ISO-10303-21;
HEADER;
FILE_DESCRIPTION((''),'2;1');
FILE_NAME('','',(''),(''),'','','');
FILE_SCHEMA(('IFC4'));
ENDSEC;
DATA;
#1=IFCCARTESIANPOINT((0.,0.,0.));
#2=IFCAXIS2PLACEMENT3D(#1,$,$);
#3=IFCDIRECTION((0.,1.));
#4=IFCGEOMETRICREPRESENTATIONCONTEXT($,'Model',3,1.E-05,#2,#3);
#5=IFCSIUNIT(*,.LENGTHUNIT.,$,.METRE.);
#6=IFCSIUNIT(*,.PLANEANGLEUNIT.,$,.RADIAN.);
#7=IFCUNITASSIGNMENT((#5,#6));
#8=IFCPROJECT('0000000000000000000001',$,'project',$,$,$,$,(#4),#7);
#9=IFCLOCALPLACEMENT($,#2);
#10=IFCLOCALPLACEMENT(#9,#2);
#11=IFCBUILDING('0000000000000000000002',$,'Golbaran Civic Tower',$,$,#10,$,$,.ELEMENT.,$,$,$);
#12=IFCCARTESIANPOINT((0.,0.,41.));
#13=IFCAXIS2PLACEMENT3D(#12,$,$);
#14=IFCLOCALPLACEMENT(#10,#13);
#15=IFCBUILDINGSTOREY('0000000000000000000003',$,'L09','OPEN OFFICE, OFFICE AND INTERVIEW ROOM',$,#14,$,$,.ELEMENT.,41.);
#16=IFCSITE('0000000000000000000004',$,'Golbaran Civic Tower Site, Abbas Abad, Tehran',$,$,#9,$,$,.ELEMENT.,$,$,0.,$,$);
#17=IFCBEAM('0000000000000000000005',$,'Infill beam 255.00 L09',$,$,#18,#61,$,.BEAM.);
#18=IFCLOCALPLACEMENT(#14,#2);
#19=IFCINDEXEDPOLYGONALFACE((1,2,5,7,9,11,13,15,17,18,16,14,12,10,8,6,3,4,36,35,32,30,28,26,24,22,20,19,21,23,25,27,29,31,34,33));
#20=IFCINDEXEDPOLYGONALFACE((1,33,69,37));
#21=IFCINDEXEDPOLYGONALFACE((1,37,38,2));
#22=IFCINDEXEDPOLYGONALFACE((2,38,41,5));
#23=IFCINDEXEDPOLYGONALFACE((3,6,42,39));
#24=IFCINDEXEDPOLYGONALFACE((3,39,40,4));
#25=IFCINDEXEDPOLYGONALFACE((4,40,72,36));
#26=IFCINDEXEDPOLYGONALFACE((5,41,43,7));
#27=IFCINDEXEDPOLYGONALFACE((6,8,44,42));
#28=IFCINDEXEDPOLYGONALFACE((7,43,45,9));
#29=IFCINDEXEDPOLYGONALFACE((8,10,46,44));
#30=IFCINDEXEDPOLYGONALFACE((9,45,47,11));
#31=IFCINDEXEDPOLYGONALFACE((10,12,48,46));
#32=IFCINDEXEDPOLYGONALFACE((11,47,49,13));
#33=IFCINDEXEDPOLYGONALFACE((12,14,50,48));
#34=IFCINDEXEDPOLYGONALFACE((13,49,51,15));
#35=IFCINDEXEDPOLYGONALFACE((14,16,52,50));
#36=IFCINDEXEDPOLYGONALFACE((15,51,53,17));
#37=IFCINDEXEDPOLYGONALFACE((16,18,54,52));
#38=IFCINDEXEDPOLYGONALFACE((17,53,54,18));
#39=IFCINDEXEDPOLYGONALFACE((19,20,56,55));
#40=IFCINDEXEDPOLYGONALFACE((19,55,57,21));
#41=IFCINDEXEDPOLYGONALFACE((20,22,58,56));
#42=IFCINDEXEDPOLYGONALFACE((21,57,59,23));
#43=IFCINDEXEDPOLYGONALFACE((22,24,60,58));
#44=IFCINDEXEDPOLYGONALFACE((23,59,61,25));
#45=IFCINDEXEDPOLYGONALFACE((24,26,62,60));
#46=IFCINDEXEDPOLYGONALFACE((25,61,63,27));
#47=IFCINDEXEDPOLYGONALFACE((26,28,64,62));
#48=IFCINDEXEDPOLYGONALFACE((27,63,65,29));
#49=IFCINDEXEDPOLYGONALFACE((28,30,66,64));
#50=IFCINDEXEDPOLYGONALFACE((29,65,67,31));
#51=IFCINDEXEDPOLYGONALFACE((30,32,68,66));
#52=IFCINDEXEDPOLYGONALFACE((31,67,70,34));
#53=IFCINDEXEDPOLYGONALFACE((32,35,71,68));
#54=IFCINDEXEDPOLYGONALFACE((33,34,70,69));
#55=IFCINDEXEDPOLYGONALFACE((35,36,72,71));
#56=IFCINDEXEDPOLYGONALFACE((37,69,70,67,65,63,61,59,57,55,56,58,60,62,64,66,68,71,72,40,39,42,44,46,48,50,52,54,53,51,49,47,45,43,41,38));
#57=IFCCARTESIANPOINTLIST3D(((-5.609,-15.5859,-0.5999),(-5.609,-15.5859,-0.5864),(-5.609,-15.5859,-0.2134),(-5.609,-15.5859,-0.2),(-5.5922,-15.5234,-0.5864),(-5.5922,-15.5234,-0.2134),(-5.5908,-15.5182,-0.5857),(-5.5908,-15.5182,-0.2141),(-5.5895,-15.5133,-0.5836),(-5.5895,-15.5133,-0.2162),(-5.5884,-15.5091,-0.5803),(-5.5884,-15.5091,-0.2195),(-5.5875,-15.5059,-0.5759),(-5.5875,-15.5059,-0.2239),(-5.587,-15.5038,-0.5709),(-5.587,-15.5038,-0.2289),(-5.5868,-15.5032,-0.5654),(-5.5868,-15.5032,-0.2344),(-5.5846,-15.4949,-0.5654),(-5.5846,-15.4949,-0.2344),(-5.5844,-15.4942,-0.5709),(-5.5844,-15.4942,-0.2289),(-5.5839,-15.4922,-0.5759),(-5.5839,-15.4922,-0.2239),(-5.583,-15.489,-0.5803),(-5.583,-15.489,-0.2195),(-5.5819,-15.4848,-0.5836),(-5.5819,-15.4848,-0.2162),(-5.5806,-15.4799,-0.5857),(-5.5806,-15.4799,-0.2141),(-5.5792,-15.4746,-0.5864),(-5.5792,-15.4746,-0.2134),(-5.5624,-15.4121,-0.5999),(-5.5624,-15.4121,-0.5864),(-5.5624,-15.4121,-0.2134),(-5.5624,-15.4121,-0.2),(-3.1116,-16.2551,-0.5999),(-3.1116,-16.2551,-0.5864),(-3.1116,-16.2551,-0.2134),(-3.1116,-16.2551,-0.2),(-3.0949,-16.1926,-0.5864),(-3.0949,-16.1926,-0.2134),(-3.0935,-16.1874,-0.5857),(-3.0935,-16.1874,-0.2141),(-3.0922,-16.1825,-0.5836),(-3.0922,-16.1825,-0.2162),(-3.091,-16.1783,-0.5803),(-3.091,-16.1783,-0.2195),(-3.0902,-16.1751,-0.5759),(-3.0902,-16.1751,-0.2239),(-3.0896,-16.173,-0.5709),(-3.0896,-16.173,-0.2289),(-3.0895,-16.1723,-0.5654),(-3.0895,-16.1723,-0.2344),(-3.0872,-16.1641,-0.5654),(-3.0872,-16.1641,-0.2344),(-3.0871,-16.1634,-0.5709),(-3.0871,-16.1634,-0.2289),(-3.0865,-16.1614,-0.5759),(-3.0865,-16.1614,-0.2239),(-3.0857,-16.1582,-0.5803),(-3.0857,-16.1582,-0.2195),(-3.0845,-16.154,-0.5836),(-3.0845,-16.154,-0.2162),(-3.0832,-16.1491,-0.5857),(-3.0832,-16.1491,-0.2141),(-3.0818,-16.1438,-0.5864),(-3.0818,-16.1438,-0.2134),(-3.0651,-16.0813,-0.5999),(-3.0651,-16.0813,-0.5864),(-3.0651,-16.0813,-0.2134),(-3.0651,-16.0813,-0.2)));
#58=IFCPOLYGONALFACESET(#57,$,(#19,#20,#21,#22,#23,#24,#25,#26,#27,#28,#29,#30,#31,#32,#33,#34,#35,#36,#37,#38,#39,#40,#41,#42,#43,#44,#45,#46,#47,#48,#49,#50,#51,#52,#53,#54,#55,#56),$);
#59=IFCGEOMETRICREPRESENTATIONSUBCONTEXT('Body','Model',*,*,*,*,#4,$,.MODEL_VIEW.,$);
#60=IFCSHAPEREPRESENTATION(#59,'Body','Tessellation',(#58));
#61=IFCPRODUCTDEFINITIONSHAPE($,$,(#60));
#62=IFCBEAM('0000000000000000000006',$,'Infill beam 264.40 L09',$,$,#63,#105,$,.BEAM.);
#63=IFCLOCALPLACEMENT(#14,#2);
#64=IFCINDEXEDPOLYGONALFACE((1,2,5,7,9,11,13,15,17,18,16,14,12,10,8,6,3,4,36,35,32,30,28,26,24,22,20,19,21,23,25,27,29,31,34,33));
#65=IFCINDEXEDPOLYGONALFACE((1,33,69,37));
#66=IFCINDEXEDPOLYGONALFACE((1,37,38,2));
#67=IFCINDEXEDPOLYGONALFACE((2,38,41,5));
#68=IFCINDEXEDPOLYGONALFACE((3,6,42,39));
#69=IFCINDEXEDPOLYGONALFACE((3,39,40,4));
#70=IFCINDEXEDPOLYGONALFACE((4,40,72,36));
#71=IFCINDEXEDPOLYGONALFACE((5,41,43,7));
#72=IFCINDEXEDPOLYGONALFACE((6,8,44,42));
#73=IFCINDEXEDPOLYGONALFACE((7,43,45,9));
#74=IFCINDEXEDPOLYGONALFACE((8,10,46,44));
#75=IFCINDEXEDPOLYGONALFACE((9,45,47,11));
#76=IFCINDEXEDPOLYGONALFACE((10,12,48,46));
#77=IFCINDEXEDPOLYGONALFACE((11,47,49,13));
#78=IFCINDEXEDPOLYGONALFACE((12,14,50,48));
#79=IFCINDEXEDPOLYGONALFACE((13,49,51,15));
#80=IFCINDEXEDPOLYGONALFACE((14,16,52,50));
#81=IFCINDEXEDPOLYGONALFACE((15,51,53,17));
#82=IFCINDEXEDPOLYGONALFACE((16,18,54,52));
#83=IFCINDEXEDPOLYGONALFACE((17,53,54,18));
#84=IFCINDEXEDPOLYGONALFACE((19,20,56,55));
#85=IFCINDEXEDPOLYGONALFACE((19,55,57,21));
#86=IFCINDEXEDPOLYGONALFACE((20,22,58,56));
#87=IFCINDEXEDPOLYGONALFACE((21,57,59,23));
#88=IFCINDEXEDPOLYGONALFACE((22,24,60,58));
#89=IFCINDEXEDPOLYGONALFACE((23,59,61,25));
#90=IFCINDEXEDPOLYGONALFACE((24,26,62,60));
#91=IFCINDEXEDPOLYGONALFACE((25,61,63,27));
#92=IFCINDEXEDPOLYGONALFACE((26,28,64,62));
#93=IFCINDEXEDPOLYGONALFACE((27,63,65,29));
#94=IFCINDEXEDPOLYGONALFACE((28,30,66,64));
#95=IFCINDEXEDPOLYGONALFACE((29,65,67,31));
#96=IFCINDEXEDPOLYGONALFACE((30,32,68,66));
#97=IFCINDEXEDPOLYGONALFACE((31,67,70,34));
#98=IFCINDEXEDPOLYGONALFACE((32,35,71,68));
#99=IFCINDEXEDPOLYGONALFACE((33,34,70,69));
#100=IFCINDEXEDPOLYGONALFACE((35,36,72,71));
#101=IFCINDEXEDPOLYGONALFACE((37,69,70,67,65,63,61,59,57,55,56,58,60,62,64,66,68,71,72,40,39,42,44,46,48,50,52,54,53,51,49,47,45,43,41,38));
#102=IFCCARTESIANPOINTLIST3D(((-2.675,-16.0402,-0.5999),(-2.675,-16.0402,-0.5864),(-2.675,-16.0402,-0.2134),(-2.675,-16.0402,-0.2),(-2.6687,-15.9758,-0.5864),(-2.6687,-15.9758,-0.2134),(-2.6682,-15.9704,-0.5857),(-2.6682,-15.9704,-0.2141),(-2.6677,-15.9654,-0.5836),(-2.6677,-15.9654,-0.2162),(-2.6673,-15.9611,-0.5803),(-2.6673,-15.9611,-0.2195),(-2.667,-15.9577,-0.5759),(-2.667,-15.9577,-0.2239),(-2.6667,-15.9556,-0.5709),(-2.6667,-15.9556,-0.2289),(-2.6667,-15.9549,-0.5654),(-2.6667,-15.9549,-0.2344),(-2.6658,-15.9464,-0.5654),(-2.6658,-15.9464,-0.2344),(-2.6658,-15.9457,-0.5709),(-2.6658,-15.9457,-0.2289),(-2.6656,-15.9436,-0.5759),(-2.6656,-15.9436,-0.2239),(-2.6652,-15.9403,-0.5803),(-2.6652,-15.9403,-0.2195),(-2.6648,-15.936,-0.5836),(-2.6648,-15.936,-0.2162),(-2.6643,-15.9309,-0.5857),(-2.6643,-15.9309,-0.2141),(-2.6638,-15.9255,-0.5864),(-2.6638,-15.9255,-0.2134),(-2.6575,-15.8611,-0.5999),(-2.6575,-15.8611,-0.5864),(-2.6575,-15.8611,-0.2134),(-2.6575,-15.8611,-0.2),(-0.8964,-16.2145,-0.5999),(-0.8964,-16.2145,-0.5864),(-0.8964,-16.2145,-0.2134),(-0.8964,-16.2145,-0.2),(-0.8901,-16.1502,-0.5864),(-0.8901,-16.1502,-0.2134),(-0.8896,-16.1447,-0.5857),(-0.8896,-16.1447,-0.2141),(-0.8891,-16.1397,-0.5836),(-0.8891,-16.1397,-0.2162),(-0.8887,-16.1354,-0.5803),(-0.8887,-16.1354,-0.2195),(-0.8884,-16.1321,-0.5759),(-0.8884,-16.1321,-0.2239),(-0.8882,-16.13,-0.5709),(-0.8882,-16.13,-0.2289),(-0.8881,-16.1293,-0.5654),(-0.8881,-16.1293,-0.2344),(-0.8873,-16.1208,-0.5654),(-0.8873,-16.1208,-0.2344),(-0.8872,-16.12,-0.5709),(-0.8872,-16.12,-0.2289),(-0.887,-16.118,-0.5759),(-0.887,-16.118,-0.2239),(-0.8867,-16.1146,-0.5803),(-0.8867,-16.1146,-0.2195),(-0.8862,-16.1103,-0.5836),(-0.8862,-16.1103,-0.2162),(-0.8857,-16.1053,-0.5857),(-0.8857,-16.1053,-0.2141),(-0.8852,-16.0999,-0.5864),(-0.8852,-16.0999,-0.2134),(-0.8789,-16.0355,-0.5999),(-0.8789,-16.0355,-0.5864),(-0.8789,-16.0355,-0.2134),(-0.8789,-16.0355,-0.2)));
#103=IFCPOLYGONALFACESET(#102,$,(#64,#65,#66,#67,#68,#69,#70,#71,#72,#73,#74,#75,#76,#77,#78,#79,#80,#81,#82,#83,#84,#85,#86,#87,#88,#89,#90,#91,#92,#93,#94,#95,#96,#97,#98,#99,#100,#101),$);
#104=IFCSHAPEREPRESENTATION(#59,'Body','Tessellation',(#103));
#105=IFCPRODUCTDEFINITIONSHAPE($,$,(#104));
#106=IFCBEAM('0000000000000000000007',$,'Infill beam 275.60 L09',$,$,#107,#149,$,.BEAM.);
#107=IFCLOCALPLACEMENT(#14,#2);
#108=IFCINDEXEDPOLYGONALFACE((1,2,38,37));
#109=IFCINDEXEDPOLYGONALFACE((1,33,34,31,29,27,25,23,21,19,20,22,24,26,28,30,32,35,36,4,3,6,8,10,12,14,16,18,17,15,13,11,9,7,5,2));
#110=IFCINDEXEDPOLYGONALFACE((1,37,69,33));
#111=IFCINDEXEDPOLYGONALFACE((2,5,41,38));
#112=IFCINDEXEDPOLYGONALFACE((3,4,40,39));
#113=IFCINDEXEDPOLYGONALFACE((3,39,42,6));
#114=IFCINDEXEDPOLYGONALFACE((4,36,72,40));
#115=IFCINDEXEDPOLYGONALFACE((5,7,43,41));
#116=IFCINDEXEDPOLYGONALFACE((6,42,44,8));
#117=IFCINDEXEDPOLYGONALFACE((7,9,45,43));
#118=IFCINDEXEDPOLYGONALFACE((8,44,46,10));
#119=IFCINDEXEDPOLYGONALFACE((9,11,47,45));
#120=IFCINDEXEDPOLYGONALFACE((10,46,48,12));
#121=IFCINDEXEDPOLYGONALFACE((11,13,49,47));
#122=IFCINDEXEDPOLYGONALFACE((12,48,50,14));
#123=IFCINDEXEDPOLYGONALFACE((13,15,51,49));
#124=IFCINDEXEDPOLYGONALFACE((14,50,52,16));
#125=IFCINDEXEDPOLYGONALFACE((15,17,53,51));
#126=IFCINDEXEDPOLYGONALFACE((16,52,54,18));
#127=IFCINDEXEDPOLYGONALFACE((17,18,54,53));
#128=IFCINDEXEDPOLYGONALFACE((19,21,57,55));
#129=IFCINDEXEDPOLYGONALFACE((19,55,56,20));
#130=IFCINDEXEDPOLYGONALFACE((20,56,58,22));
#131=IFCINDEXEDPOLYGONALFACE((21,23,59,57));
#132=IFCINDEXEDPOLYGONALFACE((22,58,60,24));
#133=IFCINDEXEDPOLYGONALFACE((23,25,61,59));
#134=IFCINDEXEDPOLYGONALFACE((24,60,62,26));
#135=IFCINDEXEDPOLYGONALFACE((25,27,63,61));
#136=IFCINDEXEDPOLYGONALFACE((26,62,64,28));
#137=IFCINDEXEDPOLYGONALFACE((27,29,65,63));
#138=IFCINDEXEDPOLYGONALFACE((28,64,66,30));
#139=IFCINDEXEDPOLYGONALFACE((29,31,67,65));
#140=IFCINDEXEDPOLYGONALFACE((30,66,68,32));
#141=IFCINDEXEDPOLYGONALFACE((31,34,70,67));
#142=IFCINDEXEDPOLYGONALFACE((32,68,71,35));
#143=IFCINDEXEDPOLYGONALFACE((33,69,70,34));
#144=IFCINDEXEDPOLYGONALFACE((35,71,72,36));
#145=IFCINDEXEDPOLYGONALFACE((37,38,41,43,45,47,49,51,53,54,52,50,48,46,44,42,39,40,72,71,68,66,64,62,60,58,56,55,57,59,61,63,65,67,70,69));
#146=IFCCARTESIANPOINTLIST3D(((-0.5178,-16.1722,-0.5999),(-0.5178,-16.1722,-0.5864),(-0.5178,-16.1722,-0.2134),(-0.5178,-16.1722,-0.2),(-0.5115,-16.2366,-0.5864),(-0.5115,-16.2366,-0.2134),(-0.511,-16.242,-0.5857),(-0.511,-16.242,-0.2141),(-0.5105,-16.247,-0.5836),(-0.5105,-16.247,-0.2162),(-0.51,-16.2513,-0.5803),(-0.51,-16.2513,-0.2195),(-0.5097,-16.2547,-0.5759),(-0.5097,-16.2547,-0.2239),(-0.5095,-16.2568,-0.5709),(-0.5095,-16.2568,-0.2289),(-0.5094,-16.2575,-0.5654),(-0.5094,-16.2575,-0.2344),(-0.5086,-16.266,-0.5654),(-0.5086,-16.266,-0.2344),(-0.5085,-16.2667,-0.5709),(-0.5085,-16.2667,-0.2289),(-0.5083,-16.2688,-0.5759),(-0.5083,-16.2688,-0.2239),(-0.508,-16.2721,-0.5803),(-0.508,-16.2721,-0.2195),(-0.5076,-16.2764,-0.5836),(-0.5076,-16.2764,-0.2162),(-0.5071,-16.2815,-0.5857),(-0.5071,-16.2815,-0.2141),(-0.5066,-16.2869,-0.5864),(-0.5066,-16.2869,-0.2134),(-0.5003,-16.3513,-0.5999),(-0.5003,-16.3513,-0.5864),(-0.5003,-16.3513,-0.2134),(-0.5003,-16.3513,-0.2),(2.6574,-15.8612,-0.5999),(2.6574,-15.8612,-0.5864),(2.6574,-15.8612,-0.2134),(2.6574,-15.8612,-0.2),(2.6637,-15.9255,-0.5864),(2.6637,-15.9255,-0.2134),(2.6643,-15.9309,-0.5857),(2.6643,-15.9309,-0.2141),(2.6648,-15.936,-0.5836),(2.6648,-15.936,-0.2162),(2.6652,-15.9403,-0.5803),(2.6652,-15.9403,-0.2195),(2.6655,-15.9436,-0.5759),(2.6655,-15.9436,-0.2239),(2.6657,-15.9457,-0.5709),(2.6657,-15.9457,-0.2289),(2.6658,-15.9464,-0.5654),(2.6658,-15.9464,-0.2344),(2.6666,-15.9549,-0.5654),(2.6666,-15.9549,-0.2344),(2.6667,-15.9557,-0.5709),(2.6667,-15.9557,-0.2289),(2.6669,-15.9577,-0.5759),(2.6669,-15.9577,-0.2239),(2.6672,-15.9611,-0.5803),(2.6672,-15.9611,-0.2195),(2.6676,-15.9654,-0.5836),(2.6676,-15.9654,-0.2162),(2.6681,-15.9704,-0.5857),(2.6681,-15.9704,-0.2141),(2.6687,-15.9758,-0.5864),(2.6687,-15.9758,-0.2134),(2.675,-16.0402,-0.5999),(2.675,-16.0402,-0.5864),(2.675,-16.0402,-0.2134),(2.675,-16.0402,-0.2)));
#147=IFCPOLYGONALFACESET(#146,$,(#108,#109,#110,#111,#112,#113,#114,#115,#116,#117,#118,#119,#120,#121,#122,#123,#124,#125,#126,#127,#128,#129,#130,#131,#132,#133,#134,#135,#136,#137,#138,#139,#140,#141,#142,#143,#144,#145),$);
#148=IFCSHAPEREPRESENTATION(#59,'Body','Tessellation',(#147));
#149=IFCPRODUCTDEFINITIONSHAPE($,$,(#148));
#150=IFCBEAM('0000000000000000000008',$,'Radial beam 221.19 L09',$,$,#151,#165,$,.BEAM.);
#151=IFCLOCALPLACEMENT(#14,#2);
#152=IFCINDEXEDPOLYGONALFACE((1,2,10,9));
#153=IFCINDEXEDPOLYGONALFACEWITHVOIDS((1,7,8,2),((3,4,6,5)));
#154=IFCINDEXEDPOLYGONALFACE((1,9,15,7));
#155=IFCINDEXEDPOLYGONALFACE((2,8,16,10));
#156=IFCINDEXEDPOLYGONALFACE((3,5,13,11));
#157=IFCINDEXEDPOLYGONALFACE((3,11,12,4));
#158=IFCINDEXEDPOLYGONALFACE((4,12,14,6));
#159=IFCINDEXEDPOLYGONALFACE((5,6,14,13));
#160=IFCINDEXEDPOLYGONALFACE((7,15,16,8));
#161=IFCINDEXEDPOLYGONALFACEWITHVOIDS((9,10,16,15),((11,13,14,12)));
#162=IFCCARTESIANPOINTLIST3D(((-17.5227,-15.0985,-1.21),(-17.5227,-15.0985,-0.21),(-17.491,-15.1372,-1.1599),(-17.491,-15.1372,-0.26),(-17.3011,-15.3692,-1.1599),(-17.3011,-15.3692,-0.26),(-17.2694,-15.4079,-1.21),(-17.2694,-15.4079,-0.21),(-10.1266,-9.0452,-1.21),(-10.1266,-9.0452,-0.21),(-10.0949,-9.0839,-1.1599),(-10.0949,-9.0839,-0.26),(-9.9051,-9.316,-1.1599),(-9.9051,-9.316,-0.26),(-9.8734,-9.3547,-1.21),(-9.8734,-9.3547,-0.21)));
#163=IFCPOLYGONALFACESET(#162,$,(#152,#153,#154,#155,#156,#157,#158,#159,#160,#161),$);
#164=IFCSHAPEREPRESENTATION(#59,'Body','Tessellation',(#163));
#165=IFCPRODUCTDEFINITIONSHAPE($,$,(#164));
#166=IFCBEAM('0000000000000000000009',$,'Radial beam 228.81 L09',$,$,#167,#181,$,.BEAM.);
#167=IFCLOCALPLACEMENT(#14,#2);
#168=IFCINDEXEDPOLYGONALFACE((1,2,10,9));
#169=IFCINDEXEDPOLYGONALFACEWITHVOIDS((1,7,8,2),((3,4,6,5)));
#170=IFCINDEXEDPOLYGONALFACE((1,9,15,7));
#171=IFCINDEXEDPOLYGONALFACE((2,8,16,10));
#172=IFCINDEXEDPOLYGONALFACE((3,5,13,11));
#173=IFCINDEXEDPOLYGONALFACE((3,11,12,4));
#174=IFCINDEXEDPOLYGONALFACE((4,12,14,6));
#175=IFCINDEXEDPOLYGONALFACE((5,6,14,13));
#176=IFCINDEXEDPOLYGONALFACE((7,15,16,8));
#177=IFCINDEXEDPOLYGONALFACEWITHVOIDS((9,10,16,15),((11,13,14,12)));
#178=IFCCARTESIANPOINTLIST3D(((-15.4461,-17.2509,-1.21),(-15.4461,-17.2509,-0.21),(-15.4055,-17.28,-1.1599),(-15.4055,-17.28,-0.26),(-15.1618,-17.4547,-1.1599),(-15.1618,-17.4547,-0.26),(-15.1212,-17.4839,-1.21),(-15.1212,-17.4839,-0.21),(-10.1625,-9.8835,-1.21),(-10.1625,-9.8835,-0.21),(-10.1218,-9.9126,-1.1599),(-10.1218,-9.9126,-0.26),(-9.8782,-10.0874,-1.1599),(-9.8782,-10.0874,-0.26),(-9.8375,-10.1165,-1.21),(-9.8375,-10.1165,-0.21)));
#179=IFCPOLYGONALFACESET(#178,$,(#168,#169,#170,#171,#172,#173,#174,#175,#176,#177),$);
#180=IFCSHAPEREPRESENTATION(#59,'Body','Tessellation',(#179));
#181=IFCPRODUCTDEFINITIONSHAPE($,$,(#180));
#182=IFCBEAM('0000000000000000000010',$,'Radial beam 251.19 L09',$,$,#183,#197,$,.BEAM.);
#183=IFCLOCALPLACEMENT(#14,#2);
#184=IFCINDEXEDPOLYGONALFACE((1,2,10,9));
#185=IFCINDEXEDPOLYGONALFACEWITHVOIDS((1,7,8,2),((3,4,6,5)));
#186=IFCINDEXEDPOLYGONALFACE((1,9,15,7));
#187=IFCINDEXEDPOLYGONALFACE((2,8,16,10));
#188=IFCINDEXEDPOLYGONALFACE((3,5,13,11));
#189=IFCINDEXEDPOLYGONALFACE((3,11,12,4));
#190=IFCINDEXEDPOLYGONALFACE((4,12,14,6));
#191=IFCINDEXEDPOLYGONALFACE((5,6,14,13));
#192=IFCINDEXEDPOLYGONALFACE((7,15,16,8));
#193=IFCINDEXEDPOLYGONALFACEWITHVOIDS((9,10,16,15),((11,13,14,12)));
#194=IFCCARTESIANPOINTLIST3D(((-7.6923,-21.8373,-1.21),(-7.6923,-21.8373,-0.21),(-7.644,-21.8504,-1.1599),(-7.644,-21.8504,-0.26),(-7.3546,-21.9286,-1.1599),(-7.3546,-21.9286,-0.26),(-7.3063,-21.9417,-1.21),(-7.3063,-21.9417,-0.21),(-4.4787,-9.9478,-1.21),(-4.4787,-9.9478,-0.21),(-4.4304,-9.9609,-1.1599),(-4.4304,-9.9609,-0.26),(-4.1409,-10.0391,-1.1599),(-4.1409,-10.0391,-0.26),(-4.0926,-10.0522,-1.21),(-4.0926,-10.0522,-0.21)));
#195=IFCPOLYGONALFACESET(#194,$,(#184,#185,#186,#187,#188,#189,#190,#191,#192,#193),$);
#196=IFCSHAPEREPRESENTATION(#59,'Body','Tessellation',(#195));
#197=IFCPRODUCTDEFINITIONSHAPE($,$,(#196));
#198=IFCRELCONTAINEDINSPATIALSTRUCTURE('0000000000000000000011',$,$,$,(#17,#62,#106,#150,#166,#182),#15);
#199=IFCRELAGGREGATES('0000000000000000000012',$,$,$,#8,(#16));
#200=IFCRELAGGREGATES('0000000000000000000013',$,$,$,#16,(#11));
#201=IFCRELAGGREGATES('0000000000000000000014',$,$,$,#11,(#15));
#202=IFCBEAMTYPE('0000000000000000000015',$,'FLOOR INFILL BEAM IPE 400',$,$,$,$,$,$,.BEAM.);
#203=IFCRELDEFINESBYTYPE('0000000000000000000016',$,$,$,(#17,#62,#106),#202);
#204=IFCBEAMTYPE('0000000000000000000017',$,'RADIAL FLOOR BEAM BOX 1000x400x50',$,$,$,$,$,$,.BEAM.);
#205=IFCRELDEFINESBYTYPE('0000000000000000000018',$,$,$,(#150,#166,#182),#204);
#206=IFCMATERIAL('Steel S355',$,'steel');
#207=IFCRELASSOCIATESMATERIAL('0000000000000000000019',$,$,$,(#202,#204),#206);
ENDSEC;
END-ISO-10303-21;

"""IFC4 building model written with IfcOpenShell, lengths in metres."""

from ifc_helpers import new_model, si_unit, direction, frame, origin, origin_2d, place, context, subcontext, project, spatial, hollow_rectangle, i_section, extrude, material, material_profile, profile_set, type_object, element, save


model = new_model("IFC4")

# Units and contexts
model_context = context("Model", 3, precision=1e-05, world=origin(), true_north=direction((0.0, 1.0)))
body_context = subcontext(model_context, "Body", "Model", "MODEL_VIEW")
ifc_project = project(units=[si_unit("LENGTHUNIT", "METRE"), si_unit("PLANEANGLEUNIT", "RADIAN")], contexts=[model_context])

# Site, building, storey
site_placement = place(None, origin())
site = spatial("IfcSite", under=ifc_project, at=site_placement, Name="Golbaran Civic Tower Site, Abbas Abad, Tehran", CompositionType="ELEMENT", RefElevation=0.0)
building_placement = place(site_placement, origin())
building = spatial("IfcBuilding", under=site, at=building_placement, Name="Golbaran Civic Tower", CompositionType="ELEMENT")
storey_placement = place(building_placement, frame((0.0, 0.0, 41.0)))
storey = spatial("IfcBuildingStorey", under=building, at=storey_placement, Name="L09", Description="OPEN OFFICE, OFFICE AND INTERVIEW ROOM", CompositionType="ELEMENT", Elevation=41.0)

# Beams
ifc_material_1 = material(Name="Steel S355", Category="steel")
ifc_material_profile_1 = material_profile(ifc_material_1, i_section(OverallWidth=0.1799, OverallDepth=0.3999, WebThickness=0.0085, FlangeThickness=0.0134, FilletRadius=0.021, at=origin_2d()), Name="IPE 400")
ifc_profile_set_1 = profile_set([ifc_material_profile_1], Name="Steel S355")
beam_type_1 = type_object("IfcBeamType", Name="FLOOR INFILL BEAM IPE 400", PredefinedType="BEAM", material=ifc_profile_set_1)
beam_1_placement = place(storey_placement, frame((-5.5857, -15.499, -0.3999), z_axis=(0.965922, -0.258832, 0.0), x_axis=(0.258832, 0.965922, 0.0)))
element("IfcBeam", 1, at=beam_1_placement, inside=storey, type_object=beam_type_1, Name="Infill beam 255.00 L09", PredefinedType="BEAM", context=body_context, shape_type="SweptSolid", body=[
    extrude(i_section(OverallWidth=0.1799, OverallDepth=0.3999, WebThickness=0.0085, FlangeThickness=0.0134, FilletRadius=0.021, at=origin_2d()), origin(), (0.0, 0.0, 1.0), 2.5854),
])
beam_2_placement = place(storey_placement, frame((-2.6663, -15.9507, -0.3999), z_axis=(0.995231, -0.097542, 0.0), x_axis=(0.097542, 0.995231, 0.0)))
element("IfcBeam", 2, at=beam_2_placement, inside=storey, type_object=beam_type_1, Name="Infill beam 264.40 L09", PredefinedType="BEAM", context=body_context, shape_type="SweptSolid", body=[
    extrude(i_section(OverallWidth=0.1799, OverallDepth=0.3999, WebThickness=0.0085, FlangeThickness=0.0134, FilletRadius=0.021, at=origin_2d()), origin(), (0.0, 0.0, 1.0), 1.7871),
])
beam_3_placement = place(storey_placement, frame((-0.509, -16.2617, -0.3999), z_axis=(0.995237, 0.097488, 0.0), x_axis=(-0.097488, 0.995237, 0.0)))
element("IfcBeam", 3, at=beam_3_placement, inside=storey, type_object=beam_type_1, Name="Infill beam 275.60 L09", PredefinedType="BEAM", context=body_context, shape_type="SweptSolid", body=[
    extrude(i_section(OverallWidth=0.1799, OverallDepth=0.3999, WebThickness=0.0085, FlangeThickness=0.0134, FilletRadius=0.021, at=origin_2d()), origin(), (0.0, 0.0, 1.0), 3.1904),
])
ifc_material_profile_2 = material_profile(ifc_material_1, hollow_rectangle(XDim=0.3999, YDim=1.0, WallThickness=0.05, at=origin_2d()), Name="BOX 1000x400x50")
ifc_profile_set_2 = profile_set([ifc_material_profile_2], Name="Steel S355")
beam_type_2 = type_object("IfcBeamType", Name="RADIAL FLOOR BEAM BOX 1000x400x50", PredefinedType="BEAM", material=ifc_profile_set_2)
beam_4_placement = place(storey_placement, frame((-10.0, -9.2, -0.71), z_axis=(-0.773857, -0.63336, 0.0), x_axis=(0.63336, -0.773857, 0.0)))
element("IfcBeam", 4, at=beam_4_placement, inside=storey, type_object=beam_type_2, Name="Radial beam 221.19 L09", PredefinedType="BEAM", context=body_context, shape_type="SweptSolid", body=[
    extrude(hollow_rectangle(XDim=0.3999, YDim=1.0, WallThickness=0.05, at=origin_2d()), origin(), (0.0, 0.0, 1.0), 9.5574),
])
beam_5_placement = place(storey_placement, frame((-10.0, -10.0, -0.71), z_axis=(-0.582788, -0.812624, 0.0), x_axis=(0.812624, -0.582788, 0.0)))
element("IfcBeam", 5, at=beam_5_placement, inside=storey, type_object=beam_type_2, Name="Radial beam 228.81 L09", PredefinedType="BEAM", context=body_context, shape_type="SweptSolid", body=[
    extrude(hollow_rectangle(XDim=0.3999, YDim=1.0, WallThickness=0.05, at=origin_2d()), origin(), (0.0, 0.0, 1.0), 9.0662),
])
beam_6_placement = place(storey_placement, frame((-4.2856, -10.0, -0.71), z_axis=(-0.260929, -0.965358, 0.0), x_axis=(0.965358, -0.260929, 0.0)))
element("IfcBeam", 6, at=beam_6_placement, inside=storey, type_object=beam_type_2, Name="Radial beam 251.19 L09", PredefinedType="BEAM", context=body_context, shape_type="SweptSolid", body=[
    extrude(hollow_rectangle(XDim=0.3999, YDim=1.0, WallThickness=0.05, at=origin_2d()), origin(), (0.0, 0.0, 1.0), 12.3162),
])

save(model, "model.ifc")
